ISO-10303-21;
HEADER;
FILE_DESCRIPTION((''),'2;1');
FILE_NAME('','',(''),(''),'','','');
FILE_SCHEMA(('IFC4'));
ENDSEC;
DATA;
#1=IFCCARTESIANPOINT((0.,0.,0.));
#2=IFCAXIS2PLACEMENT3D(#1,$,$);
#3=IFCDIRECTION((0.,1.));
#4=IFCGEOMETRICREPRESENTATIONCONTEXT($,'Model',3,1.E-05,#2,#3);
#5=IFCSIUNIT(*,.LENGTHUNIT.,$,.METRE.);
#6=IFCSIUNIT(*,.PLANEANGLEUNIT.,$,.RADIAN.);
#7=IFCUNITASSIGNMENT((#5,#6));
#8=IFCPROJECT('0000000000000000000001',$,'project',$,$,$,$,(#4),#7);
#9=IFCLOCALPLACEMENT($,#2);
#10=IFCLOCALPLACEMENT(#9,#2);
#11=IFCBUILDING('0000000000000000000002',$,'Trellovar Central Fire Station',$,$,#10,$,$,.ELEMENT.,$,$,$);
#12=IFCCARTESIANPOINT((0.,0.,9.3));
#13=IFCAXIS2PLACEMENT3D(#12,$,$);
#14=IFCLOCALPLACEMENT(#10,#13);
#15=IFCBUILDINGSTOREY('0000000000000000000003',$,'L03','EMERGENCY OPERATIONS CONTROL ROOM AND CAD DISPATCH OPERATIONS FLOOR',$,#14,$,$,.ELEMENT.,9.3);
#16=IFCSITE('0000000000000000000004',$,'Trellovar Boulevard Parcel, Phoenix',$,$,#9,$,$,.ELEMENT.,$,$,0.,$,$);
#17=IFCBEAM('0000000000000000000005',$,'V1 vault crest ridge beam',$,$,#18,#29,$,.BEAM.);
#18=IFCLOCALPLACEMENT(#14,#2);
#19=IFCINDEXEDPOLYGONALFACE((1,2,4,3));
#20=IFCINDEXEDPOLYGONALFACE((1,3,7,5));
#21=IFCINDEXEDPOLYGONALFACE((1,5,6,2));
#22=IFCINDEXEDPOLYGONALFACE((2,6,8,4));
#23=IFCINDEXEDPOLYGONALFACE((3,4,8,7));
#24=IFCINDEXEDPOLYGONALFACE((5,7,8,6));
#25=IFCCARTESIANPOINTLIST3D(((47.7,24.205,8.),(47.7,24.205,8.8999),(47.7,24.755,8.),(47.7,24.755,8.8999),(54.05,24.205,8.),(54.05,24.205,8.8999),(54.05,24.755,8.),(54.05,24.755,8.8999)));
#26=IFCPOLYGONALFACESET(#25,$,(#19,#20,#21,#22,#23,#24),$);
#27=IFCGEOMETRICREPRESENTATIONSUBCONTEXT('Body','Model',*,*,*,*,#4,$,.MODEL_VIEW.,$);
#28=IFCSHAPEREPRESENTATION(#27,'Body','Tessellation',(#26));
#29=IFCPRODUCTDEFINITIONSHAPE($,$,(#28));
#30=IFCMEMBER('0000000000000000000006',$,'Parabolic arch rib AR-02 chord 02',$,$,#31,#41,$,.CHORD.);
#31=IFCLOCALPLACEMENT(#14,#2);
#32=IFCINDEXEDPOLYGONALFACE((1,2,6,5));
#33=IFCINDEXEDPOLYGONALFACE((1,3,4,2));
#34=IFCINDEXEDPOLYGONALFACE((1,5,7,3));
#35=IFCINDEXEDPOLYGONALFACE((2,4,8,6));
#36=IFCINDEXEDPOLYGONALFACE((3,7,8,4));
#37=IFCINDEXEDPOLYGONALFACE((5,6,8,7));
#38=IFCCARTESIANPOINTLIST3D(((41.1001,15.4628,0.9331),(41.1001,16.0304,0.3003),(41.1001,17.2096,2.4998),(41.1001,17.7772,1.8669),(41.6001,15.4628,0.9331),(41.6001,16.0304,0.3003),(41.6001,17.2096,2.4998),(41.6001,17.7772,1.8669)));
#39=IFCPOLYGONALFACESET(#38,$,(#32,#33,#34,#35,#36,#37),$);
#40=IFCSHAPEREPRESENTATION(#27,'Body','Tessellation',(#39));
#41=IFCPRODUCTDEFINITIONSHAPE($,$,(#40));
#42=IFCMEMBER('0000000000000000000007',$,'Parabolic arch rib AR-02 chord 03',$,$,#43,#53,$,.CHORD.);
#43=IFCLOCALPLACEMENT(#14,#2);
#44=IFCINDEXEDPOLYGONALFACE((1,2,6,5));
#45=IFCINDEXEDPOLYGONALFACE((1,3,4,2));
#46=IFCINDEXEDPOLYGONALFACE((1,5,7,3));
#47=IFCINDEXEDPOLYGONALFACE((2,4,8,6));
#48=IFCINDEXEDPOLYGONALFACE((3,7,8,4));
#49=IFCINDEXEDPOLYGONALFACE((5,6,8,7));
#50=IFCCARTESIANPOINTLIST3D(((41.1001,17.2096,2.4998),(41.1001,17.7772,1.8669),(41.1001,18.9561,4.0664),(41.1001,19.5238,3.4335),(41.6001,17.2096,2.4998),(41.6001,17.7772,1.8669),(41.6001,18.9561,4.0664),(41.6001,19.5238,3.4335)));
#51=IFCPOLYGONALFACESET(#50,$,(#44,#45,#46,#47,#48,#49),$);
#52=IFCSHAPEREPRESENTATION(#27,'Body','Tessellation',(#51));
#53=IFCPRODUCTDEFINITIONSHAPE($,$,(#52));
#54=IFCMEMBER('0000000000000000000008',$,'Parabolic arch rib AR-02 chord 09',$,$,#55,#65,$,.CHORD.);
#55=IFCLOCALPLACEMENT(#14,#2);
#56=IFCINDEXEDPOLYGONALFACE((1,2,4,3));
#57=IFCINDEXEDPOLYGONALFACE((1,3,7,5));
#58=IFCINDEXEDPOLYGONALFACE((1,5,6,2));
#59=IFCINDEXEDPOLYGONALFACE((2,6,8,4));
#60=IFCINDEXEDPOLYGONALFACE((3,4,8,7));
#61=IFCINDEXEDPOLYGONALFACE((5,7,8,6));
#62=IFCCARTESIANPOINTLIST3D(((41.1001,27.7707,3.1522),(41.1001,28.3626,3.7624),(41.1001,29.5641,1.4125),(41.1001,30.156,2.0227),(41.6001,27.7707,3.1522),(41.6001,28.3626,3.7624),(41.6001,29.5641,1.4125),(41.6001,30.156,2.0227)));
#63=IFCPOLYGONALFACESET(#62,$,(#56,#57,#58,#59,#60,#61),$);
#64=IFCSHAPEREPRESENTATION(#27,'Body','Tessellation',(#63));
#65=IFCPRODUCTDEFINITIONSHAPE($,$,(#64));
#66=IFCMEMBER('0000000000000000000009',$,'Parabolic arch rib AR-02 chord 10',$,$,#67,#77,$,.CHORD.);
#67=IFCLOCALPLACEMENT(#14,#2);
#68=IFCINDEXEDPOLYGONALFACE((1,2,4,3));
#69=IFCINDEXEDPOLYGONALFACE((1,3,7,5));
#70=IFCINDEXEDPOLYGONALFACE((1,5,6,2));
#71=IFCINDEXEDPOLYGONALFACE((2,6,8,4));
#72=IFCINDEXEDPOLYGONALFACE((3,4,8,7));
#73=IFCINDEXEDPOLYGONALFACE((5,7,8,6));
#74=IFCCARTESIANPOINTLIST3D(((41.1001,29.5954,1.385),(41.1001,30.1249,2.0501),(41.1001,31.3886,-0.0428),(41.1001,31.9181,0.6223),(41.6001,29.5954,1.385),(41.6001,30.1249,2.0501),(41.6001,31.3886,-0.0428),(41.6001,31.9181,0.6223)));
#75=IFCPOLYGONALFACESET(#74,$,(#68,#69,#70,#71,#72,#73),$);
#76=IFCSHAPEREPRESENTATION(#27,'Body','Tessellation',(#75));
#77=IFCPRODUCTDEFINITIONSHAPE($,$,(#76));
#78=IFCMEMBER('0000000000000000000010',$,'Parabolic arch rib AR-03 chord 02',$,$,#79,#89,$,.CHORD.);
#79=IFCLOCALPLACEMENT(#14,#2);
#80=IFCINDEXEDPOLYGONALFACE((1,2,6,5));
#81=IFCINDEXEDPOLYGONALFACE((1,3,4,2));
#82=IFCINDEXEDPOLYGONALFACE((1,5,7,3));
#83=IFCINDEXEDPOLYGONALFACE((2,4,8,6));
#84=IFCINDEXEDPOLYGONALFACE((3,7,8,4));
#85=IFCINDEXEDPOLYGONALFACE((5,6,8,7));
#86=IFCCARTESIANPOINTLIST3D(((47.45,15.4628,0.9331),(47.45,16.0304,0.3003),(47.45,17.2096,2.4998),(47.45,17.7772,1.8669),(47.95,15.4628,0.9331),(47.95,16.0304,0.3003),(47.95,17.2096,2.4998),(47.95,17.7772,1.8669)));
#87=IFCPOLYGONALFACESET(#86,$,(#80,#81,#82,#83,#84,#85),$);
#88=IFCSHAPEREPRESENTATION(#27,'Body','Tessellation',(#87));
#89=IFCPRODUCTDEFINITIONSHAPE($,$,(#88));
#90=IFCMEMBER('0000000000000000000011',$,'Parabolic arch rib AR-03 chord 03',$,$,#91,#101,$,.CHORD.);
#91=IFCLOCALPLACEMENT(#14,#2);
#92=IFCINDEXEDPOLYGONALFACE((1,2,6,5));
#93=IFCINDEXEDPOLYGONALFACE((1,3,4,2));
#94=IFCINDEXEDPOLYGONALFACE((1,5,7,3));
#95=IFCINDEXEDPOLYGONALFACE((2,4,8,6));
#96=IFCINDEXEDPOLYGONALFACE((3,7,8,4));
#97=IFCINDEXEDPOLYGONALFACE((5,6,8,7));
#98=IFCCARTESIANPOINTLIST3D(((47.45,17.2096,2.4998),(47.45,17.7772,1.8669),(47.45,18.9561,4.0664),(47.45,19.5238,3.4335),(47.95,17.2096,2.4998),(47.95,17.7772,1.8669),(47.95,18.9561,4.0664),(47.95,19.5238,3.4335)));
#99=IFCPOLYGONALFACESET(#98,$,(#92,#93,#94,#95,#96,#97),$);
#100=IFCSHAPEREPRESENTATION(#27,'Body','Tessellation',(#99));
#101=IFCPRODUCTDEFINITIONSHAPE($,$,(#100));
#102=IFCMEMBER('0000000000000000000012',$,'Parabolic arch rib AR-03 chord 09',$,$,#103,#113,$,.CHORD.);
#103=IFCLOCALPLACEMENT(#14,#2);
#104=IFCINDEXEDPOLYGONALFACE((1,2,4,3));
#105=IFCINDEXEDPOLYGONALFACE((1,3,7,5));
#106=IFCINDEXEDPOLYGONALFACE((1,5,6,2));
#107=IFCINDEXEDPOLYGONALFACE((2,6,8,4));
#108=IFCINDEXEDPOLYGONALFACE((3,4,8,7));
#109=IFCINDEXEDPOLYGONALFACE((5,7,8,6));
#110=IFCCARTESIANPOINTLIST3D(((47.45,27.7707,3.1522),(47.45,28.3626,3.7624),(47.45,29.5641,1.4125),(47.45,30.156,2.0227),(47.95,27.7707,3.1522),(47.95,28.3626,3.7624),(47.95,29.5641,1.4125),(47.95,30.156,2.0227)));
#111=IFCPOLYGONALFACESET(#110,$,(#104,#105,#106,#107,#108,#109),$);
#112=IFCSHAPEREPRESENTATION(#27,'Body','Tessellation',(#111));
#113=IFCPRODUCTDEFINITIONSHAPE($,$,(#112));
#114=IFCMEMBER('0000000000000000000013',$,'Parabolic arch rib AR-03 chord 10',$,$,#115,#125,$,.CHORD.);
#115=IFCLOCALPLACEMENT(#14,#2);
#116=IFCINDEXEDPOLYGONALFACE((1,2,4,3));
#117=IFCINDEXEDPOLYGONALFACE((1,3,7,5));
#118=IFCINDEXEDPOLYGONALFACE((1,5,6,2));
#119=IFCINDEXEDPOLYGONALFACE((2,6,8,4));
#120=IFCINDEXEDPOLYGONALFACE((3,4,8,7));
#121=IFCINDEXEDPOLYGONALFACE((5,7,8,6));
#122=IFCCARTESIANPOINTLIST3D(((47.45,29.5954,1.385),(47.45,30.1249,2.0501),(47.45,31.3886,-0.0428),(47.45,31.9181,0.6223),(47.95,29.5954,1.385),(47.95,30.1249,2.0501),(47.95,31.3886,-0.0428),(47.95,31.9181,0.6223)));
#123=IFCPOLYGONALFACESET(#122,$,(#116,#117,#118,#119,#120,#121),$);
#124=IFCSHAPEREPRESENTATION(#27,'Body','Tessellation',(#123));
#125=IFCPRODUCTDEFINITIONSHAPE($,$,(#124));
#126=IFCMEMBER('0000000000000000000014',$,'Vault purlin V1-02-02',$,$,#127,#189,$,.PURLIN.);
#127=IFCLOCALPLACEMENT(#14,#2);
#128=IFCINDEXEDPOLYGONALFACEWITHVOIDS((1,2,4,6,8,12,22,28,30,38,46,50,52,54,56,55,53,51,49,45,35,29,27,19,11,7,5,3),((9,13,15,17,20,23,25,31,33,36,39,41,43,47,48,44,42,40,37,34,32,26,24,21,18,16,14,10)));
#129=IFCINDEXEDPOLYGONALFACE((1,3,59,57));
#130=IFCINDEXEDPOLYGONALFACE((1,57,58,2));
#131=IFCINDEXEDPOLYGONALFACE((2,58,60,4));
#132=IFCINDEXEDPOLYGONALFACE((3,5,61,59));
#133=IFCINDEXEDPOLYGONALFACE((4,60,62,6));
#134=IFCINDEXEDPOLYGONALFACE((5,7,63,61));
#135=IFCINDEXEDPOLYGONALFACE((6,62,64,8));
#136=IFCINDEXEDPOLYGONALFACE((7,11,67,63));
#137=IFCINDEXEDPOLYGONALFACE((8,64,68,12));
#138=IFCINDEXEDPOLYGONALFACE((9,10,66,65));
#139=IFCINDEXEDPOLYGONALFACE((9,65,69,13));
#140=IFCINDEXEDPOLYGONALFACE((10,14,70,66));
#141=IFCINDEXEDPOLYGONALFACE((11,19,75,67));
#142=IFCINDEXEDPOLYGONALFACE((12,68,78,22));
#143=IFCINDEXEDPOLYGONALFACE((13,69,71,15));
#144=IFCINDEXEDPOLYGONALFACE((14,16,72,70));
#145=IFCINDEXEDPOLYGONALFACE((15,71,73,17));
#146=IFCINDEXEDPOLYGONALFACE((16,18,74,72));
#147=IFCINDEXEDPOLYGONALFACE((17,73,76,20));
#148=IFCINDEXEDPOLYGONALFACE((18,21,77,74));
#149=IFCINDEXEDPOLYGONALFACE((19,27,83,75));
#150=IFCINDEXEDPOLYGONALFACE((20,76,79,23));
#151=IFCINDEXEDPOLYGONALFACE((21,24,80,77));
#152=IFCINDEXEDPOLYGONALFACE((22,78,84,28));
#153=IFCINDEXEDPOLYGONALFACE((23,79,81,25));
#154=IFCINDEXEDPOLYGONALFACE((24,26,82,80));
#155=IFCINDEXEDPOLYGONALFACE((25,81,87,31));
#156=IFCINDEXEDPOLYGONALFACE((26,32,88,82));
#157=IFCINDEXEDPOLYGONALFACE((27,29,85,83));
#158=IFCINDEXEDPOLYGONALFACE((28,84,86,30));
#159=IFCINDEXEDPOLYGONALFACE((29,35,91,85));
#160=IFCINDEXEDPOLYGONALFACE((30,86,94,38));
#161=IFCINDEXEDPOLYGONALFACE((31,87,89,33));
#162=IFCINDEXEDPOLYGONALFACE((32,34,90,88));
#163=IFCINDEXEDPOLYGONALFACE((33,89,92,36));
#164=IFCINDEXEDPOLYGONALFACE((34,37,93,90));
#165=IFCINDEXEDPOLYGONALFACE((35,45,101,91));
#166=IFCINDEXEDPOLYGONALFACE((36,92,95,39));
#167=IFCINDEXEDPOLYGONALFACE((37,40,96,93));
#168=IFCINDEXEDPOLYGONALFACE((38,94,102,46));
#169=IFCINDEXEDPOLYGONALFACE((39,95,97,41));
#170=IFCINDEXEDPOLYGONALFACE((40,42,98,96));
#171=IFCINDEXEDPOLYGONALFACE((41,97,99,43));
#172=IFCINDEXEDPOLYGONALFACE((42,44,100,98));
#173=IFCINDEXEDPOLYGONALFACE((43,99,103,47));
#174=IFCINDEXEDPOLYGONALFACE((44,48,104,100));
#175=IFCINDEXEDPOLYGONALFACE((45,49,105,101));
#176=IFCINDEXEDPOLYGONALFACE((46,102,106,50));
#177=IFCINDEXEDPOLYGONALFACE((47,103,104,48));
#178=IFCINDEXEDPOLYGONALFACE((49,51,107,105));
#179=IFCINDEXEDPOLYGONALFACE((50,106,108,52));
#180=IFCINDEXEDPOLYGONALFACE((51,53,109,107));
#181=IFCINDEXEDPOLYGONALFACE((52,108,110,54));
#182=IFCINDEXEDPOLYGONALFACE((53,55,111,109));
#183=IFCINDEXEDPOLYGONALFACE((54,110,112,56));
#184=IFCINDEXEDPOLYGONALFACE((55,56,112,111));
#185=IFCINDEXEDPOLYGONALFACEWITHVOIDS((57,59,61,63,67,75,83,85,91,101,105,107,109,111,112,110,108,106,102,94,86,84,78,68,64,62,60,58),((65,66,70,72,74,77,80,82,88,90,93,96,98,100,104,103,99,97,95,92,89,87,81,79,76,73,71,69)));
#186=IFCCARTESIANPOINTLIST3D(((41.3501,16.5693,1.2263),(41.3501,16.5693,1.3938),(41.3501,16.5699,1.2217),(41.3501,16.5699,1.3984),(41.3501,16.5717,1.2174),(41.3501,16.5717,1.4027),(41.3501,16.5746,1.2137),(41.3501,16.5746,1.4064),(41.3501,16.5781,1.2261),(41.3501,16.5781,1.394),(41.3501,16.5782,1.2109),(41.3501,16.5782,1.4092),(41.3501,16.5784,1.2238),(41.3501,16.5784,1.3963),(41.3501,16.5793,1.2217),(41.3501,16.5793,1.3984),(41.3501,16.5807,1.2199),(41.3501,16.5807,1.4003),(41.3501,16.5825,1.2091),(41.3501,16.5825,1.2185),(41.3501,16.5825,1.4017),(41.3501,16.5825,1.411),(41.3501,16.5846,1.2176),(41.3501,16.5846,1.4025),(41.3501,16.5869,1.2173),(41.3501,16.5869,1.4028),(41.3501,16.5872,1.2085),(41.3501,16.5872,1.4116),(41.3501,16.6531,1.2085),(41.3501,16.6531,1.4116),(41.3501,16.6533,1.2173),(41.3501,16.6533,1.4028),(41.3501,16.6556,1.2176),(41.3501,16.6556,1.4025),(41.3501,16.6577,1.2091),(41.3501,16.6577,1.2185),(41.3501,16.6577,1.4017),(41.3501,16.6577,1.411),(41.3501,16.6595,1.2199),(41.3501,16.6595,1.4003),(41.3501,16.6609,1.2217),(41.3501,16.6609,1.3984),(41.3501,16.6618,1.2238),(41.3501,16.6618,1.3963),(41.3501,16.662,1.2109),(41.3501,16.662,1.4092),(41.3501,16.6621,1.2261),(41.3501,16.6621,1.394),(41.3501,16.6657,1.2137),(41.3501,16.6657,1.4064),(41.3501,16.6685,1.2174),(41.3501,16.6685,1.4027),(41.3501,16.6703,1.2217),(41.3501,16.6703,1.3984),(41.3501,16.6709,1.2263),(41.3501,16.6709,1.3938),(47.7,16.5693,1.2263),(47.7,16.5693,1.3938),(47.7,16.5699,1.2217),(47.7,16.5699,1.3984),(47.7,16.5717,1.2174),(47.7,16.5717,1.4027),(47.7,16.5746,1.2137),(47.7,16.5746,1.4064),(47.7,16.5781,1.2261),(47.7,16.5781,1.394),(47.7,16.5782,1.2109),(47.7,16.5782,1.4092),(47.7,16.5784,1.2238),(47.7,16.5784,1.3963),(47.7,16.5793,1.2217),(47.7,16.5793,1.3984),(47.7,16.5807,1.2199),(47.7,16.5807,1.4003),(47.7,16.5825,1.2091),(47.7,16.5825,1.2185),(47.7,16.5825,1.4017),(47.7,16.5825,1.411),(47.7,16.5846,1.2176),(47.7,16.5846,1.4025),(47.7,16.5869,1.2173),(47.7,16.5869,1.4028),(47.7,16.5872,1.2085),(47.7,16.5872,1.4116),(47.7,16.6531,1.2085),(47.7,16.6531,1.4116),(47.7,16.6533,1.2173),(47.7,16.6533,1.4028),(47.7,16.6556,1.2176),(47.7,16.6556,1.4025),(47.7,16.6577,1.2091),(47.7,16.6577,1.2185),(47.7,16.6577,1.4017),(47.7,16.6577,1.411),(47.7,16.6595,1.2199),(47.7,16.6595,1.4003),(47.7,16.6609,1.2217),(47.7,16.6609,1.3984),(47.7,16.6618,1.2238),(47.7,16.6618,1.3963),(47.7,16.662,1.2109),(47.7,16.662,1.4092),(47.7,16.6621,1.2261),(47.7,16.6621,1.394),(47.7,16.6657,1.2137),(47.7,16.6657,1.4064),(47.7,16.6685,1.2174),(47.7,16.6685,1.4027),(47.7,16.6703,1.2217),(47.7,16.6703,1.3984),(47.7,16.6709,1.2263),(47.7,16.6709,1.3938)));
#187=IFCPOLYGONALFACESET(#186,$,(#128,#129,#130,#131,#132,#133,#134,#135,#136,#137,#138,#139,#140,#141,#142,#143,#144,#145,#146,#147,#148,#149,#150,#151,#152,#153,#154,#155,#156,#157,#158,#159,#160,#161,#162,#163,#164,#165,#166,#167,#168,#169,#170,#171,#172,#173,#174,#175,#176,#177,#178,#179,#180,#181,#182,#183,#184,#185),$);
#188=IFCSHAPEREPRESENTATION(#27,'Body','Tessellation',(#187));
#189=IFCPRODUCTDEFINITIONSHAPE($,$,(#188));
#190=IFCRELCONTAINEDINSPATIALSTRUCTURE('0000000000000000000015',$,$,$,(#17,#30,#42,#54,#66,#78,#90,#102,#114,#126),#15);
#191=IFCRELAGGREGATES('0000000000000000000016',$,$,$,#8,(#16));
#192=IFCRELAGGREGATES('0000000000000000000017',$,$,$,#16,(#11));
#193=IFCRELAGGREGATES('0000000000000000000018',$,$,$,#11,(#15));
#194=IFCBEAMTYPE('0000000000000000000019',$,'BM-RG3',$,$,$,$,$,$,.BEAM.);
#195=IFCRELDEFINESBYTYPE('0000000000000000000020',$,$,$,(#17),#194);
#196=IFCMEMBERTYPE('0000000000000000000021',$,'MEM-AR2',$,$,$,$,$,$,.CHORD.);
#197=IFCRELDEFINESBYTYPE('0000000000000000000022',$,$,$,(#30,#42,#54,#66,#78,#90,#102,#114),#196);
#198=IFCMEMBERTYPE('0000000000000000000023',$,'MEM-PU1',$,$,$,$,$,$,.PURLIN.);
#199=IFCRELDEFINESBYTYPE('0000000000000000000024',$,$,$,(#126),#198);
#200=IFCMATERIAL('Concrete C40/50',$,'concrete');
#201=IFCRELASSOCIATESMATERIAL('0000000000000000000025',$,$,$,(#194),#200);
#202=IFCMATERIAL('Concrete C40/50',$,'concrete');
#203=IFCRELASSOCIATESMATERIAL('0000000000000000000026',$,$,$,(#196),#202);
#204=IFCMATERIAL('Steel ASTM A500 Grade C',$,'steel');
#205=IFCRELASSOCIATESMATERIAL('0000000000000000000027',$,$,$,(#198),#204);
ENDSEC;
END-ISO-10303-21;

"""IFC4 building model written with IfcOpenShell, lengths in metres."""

from ifc_helpers import new_model, si_unit, direction, frame, origin, origin_2d, place, context, subcontext, project, spatial, rectangle, hollow_rectangle, extrude, material, material_profile, profile_set, type_object, element, save


model = new_model("IFC4")

# Units and contexts
model_context = context("Model", 3, precision=1e-05, world=origin(), true_north=direction((0.0, 1.0)))
body_context = subcontext(model_context, "Body", "Model", "MODEL_VIEW")
ifc_project = project(units=[si_unit("LENGTHUNIT", "METRE"), si_unit("PLANEANGLEUNIT", "RADIAN")], contexts=[model_context])

# Site, building, storey
site_placement = place(None, origin())
site = spatial("IfcSite", under=ifc_project, at=site_placement, Name="Trellovar Boulevard Parcel, Phoenix", CompositionType="ELEMENT", RefElevation=0.0)
building_placement = place(site_placement, origin())
building = spatial("IfcBuilding", under=site, at=building_placement, Name="Trellovar Central Fire Station", CompositionType="ELEMENT")
storey_placement = place(building_placement, frame((0.0, 0.0, 9.3)))
storey = spatial("IfcBuildingStorey", under=building, at=storey_placement, Name="L03", Description="EMERGENCY OPERATIONS CONTROL ROOM AND CAD DISPATCH OPERATIONS FLOOR", CompositionType="ELEMENT", Elevation=9.3)

# Beam
ifc_material_1 = material(Name="Concrete C40/50", Category="concrete")
ifc_material_profile_1 = material_profile(ifc_material_1, rectangle(XDim=0.55, YDim=0.8999, at=origin_2d()), Name="RC550X900")
ifc_profile_set_1 = profile_set([ifc_material_profile_1], Name="Concrete C40/50")
beam_type = type_object("IfcBeamType", Name="BM-RG3", PredefinedType="BEAM", material=ifc_profile_set_1)
beam_placement = place(storey_placement, frame((47.7, 24.48, 8.45), z_axis=(1.0, 0.0, 0.0), x_axis=(0.0, 1.0, 0.0)))
element("IfcBeam", 1, at=beam_placement, inside=storey, type_object=beam_type, Name="V1 vault crest ridge beam", PredefinedType="BEAM", context=body_context, shape_type="SweptSolid", body=[
    extrude(rectangle(XDim=0.55, YDim=0.8999, at=origin_2d()), origin(), (0.0, 0.0, 1.0), 6.3501),
])

# Members
ifc_material_2 = material(Name="Concrete C40/50", Category="concrete")
ifc_material_profile_2 = material_profile(ifc_material_2, rectangle(XDim=0.5, YDim=0.8501, at=origin_2d()), Name="RC500X850")
ifc_profile_set_2 = profile_set([ifc_material_profile_2], Name="Concrete C40/50")
member_type_1 = type_object("IfcMemberType", Name="MEM-AR2", PredefinedType="CHORD", material=ifc_profile_set_2)
member_1_placement = place(storey_placement, frame((41.3501, 15.7466, 0.6167), z_axis=(0.0, 0.744457, 0.66767), x_axis=(-1.0, 0.0, 0.0)))
element("IfcMember", 2, at=member_1_placement, inside=storey, type_object=member_type_1, Name="Parabolic arch rib AR-02 chord 02", PredefinedType="CHORD", context=body_context, shape_type="SweptSolid", body=[
    extrude(rectangle(XDim=0.5, YDim=0.8501, at=origin_2d()), origin(), (0.0, 0.0, 1.0), 2.3464),
])
member_2_placement = place(storey_placement, frame((41.3501, 17.4934, 2.1833), z_axis=(0.0, 0.744411, 0.667722), x_axis=(-1.0, 0.0, 0.0)))
element("IfcMember", 3, at=member_2_placement, inside=storey, type_object=member_type_1, Name="Parabolic arch rib AR-02 chord 03", PredefinedType="CHORD", context=body_context, shape_type="SweptSolid", body=[
    extrude(rectangle(XDim=0.5, YDim=0.8501, at=origin_2d()), origin(), (0.0, 0.0, 1.0), 2.3462),
])
member_3_placement = place(storey_placement, frame((41.3501, 28.0667, 3.4573), z_axis=(0.0, 0.717773, -0.696277), x_axis=(-1.0, 0.0, 0.0)))
element("IfcMember", 4, at=member_3_placement, inside=storey, type_object=member_type_1, Name="Parabolic arch rib AR-02 chord 09", PredefinedType="CHORD", context=body_context, shape_type="SweptSolid", body=[
    extrude(rectangle(XDim=0.5, YDim=0.8501, at=origin_2d()), origin(), (0.0, 0.0, 1.0), 2.4985),
])
member_4_placement = place(storey_placement, frame((41.3501, 29.8601, 1.7175), z_axis=(0.0, 0.782321, -0.622875), x_axis=(-1.0, 0.0, 0.0)))
element("IfcMember", 5, at=member_4_placement, inside=storey, type_object=member_type_1, Name="Parabolic arch rib AR-02 chord 10", PredefinedType="CHORD", context=body_context, shape_type="SweptSolid", body=[
    extrude(rectangle(XDim=0.5, YDim=0.8501, at=origin_2d()), origin(), (0.0, 0.0, 1.0), 2.2922),
])
member_5_placement = place(storey_placement, frame((47.7, 15.7466, 0.6167), z_axis=(0.0, 0.744457, 0.66767), x_axis=(-1.0, 0.0, 0.0)))
element("IfcMember", 6, at=member_5_placement, inside=storey, type_object=member_type_1, Name="Parabolic arch rib AR-03 chord 02", PredefinedType="CHORD", context=body_context, shape_type="SweptSolid", body=[
    extrude(rectangle(XDim=0.5, YDim=0.8501, at=origin_2d()), origin(), (0.0, 0.0, 1.0), 2.3464),
])
member_6_placement = place(storey_placement, frame((47.7, 17.4934, 2.1833), z_axis=(0.0, 0.744411, 0.667722), x_axis=(-1.0, 0.0, 0.0)))
element("IfcMember", 7, at=member_6_placement, inside=storey, type_object=member_type_1, Name="Parabolic arch rib AR-03 chord 03", PredefinedType="CHORD", context=body_context, shape_type="SweptSolid", body=[
    extrude(rectangle(XDim=0.5, YDim=0.8501, at=origin_2d()), origin(), (0.0, 0.0, 1.0), 2.3462),
])
member_7_placement = place(storey_placement, frame((47.7, 28.0667, 3.4573), z_axis=(0.0, 0.717773, -0.696277), x_axis=(-1.0, 0.0, 0.0)))
element("IfcMember", 8, at=member_7_placement, inside=storey, type_object=member_type_1, Name="Parabolic arch rib AR-03 chord 09", PredefinedType="CHORD", context=body_context, shape_type="SweptSolid", body=[
    extrude(rectangle(XDim=0.5, YDim=0.8501, at=origin_2d()), origin(), (0.0, 0.0, 1.0), 2.4985),
])
member_8_placement = place(storey_placement, frame((47.7, 29.8601, 1.7175), z_axis=(0.0, 0.782321, -0.622875), x_axis=(-1.0, 0.0, 0.0)))
element("IfcMember", 9, at=member_8_placement, inside=storey, type_object=member_type_1, Name="Parabolic arch rib AR-03 chord 10", PredefinedType="CHORD", context=body_context, shape_type="SweptSolid", body=[
    extrude(rectangle(XDim=0.5, YDim=0.8501, at=origin_2d()), origin(), (0.0, 0.0, 1.0), 2.2922),
])
ifc_material_3 = material(Name="Steel ASTM A500 Grade C", Category="steel")
ifc_material_profile_3 = material_profile(ifc_material_3, hollow_rectangle(XDim=0.1016, YDim=0.2031, WallThickness=0.0088, InnerFilletRadius=0.0088, OuterFilletRadius=0.0178, at=origin_2d()), Name="HSS8X4X3/8")
ifc_profile_set_3 = profile_set([ifc_material_profile_3], Name="Steel ASTM A500 Grade C")
member_type_2 = type_object("IfcMemberType", Name="MEM-PU1", PredefinedType="PURLIN", material=ifc_profile_set_3)
for number, where, z_axis, x_axis, name in (
    (10, (41.3501, 16.6201, 1.3101), (1.0, 0.0, 0.0), (0.0, 1.0, 0.0), "Vault purlin V1-02-02"),
):
    element("IfcMember", number, at=place(storey_placement, frame(where, z_axis=z_axis, x_axis=x_axis)), inside=storey, type_object=member_type_2, Name=name, PredefinedType="PURLIN", context=body_context, shape_type="SweptSolid", body=[
        extrude(hollow_rectangle(XDim=0.1016, YDim=0.2031, WallThickness=0.0088, InnerFilletRadius=0.0088, OuterFilletRadius=0.0178, at=origin_2d()), origin(), (0.0, 0.0, 1.0), 6.3499),
    ])

save(model, "model.ifc")
